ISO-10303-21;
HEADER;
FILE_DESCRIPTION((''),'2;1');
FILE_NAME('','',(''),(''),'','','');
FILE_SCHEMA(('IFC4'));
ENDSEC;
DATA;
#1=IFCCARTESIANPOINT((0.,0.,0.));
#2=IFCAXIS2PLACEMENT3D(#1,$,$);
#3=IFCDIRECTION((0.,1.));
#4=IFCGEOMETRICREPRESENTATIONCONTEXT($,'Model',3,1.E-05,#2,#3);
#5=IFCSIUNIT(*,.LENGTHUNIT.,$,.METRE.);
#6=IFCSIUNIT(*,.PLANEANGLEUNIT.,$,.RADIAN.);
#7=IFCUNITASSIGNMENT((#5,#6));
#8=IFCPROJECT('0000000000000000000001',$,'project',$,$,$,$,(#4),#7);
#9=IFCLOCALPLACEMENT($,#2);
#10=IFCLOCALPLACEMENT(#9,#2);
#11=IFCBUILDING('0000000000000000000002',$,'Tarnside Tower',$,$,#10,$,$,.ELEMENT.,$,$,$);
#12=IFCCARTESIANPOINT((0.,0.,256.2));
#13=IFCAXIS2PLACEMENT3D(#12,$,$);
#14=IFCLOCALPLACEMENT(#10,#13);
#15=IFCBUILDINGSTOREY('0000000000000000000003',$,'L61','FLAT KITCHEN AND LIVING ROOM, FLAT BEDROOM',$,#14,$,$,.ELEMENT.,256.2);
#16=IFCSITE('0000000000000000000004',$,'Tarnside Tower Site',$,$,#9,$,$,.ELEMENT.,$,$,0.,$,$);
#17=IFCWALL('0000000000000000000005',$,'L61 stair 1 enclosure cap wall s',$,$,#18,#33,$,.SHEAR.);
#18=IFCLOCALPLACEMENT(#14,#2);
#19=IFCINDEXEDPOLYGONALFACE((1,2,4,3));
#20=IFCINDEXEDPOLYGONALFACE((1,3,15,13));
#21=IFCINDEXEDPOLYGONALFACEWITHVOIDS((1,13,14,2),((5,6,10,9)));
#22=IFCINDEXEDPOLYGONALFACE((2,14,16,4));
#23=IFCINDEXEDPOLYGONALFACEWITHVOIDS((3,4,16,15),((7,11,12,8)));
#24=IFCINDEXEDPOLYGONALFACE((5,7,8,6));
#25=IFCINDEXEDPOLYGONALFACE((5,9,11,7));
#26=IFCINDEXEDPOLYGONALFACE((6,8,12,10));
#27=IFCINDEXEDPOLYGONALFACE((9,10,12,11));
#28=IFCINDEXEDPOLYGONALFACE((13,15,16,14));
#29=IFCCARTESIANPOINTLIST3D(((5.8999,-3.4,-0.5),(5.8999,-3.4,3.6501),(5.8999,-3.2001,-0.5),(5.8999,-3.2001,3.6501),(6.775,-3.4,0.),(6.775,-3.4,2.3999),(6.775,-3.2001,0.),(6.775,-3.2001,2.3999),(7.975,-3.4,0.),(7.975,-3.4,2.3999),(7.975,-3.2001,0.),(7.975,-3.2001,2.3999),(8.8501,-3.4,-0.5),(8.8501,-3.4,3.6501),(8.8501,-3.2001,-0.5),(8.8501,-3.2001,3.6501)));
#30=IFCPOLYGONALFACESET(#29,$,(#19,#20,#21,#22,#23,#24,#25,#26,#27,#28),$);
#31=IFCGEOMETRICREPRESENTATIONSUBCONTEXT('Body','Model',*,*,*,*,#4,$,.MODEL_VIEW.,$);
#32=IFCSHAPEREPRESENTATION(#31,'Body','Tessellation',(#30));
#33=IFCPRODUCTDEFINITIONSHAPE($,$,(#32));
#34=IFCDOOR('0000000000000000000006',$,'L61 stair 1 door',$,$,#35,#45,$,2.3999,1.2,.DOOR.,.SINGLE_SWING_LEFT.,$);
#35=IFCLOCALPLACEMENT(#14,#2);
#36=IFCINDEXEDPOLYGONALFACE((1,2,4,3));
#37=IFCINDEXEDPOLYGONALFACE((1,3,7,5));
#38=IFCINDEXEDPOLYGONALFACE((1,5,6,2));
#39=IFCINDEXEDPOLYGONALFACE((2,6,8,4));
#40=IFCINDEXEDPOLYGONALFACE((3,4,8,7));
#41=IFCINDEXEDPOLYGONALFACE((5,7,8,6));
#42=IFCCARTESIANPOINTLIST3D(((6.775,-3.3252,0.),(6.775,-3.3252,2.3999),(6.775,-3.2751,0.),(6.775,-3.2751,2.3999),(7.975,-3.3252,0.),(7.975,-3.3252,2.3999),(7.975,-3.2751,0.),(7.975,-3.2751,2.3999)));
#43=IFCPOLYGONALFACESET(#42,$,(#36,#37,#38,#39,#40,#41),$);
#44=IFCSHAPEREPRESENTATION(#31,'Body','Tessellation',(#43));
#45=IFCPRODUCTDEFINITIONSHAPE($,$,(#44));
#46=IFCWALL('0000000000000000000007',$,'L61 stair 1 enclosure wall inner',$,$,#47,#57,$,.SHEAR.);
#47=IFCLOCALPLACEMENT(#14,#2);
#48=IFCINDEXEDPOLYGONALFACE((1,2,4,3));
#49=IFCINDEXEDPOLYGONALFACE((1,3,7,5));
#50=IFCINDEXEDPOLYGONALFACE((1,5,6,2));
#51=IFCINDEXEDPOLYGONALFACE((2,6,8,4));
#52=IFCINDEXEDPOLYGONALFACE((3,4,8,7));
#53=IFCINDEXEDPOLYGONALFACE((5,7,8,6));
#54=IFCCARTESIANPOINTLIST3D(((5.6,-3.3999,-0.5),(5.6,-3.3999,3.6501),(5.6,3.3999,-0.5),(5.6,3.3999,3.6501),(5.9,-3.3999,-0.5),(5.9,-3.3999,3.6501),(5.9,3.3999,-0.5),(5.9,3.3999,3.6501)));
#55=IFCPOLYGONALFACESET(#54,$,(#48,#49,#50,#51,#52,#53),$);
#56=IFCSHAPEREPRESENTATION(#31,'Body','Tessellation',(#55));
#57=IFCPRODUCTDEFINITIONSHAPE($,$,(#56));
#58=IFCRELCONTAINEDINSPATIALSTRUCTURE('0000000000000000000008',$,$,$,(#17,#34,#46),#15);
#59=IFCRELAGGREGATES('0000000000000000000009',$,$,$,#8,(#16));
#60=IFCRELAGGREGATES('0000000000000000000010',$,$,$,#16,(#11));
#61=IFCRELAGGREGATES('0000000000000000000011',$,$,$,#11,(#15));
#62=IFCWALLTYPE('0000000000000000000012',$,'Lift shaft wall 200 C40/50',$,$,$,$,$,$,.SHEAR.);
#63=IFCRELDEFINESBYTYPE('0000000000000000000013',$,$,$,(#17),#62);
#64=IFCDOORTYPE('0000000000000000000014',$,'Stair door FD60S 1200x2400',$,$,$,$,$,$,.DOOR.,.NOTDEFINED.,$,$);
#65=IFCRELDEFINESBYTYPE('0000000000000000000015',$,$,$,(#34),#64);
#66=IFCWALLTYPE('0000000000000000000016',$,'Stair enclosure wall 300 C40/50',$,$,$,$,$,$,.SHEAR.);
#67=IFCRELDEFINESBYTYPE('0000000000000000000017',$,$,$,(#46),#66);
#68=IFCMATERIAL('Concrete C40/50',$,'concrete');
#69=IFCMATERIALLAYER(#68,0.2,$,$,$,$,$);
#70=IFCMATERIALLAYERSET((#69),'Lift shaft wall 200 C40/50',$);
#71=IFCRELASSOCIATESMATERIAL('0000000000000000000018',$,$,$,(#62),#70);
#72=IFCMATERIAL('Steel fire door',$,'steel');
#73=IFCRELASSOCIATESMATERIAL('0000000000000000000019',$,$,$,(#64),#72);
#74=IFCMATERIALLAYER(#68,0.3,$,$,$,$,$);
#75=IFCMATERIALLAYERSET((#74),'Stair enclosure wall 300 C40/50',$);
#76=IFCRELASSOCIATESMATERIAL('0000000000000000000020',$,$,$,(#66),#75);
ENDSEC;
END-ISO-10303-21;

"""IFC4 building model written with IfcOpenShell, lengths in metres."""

from ifc_helpers import new_model, si_unit, direction, frame, frame_2d, origin, place, context, subcontext, project, spatial, rectangle, extrude, material, layer, layer_set, type_object, element, fill, save


model = new_model("IFC4")

# Units and contexts
model_context = context("Model", 3, precision=1e-05, world=origin(), true_north=direction((0.0, 1.0)))
body_context = subcontext(model_context, "Body", "Model", "MODEL_VIEW")
ifc_project = project(units=[si_unit("LENGTHUNIT", "METRE"), si_unit("PLANEANGLEUNIT", "RADIAN")], contexts=[model_context])

# Site, building, storey
site_placement = place(None, origin())
site = spatial("IfcSite", under=ifc_project, at=site_placement, Name="Tarnside Tower Site", CompositionType="ELEMENT", RefElevation=0.0)
building_placement = place(site_placement, origin())
building = spatial("IfcBuilding", under=site, at=building_placement, Name="Tarnside Tower", CompositionType="ELEMENT")
storey_placement = place(building_placement, frame((0.0, 0.0, 256.2)))
storey = spatial("IfcBuildingStorey", under=building, at=storey_placement, Name="L61", Description="FLAT KITCHEN AND LIVING ROOM, FLAT BEDROOM", CompositionType="ELEMENT", Elevation=256.2)

# Shared definitions
ifc_material_1 = material(Name="Concrete C40/50", Category="concrete")
ifc_material_2 = material(Name="Steel fire door", Category="steel")

# Shared definitions
ifc_layer_1 = layer(ifc_material_1, 0.2)
ifc_layer_set_1 = layer_set([ifc_layer_1], Name="Lift shaft wall 200 C40/50")
wall_type_1 = type_object("IfcWallType", Name="Lift shaft wall 200 C40/50", PredefinedType="SHEAR", material=ifc_layer_set_1)

# Wall, opening, door
wall_1_placement = place(storey_placement, frame((5.8999, -3.3, -0.5), z_axis=(0.0, 0.0, 1.0), x_axis=(1.0, 0.0, 0.0)))
wall_1 = element("IfcWall", 1, at=wall_1_placement, inside=storey, type_object=wall_type_1, Name="L61 stair 1 enclosure cap wall s", PredefinedType="SHEAR", context=body_context, shape_type="SweptSolid", body=[
    extrude(rectangle(XDim=2.9502, YDim=0.2, at=frame_2d((1.4751, 0.0))), origin(), (0.0, 0.0, 1.0), 4.1501),
])
opening_1_placement = place(wall_1_placement, frame((0.875, 0.0, 0.5)))
opening_1 = element("IfcOpeningElement", 2, at=opening_1_placement, cuts=wall_1, PredefinedType="OPENING", context=body_context, shape_type="SweptSolid", body=[
    extrude(rectangle(XDim=1.2, YDim=2.3999, at=frame_2d((0.6001, 1.2))), frame((0.0, 0.1099, 0.0), z_axis=(0.0, -1.0, 0.0), x_axis=(1.0, 0.0, 0.0)), (0.0, 0.0, 1.0), 0.22),
])
door_type_1 = type_object("IfcDoorType", Name="Stair door FD60S 1200x2400", OperationType="NOTDEFINED", PredefinedType="DOOR", material=ifc_material_2)
door_1_placement = place(opening_1_placement, origin())
door_1 = element("IfcDoor", 3, at=door_1_placement, inside=storey, type_object=door_type_1, Name="L61 stair 1 door", OperationType="SINGLE_SWING_LEFT", OverallHeight=2.3999, OverallWidth=1.2, PredefinedType="DOOR", context=body_context, shape_type="SweptSolid", body=[
    extrude(rectangle(XDim=1.2, YDim=2.3999, at=frame_2d((0.6001, 1.2))), frame((0.0, 0.0249, 0.0), z_axis=(0.0, -1.0, 0.0), x_axis=(1.0, 0.0, 0.0)), (0.0, 0.0, 1.0), 0.05),
])
fill(opening_1, door_1)

# Wall
ifc_layer_2 = layer(ifc_material_1, 0.3)
ifc_layer_set_2 = layer_set([ifc_layer_2], Name="Stair enclosure wall 300 C40/50")
wall_type_2 = type_object("IfcWallType", Name="Stair enclosure wall 300 C40/50", PredefinedType="SHEAR", material=ifc_layer_set_2)
wall_2_placement = place(storey_placement, frame((5.75, -3.3999, -0.5), z_axis=(0.0, 0.0, 1.0), x_axis=(0.0, 1.0, 0.0)))
element("IfcWall", 4, at=wall_2_placement, inside=storey, type_object=wall_type_2, Name="L61 stair 1 enclosure wall inner", PredefinedType="SHEAR", context=body_context, shape_type="SweptSolid", body=[
    extrude(rectangle(XDim=6.7998, YDim=0.3, at=frame_2d((3.3999, 0.0))), origin(), (0.0, 0.0, 1.0), 4.1501),
])

save(model, "model.ifc")
